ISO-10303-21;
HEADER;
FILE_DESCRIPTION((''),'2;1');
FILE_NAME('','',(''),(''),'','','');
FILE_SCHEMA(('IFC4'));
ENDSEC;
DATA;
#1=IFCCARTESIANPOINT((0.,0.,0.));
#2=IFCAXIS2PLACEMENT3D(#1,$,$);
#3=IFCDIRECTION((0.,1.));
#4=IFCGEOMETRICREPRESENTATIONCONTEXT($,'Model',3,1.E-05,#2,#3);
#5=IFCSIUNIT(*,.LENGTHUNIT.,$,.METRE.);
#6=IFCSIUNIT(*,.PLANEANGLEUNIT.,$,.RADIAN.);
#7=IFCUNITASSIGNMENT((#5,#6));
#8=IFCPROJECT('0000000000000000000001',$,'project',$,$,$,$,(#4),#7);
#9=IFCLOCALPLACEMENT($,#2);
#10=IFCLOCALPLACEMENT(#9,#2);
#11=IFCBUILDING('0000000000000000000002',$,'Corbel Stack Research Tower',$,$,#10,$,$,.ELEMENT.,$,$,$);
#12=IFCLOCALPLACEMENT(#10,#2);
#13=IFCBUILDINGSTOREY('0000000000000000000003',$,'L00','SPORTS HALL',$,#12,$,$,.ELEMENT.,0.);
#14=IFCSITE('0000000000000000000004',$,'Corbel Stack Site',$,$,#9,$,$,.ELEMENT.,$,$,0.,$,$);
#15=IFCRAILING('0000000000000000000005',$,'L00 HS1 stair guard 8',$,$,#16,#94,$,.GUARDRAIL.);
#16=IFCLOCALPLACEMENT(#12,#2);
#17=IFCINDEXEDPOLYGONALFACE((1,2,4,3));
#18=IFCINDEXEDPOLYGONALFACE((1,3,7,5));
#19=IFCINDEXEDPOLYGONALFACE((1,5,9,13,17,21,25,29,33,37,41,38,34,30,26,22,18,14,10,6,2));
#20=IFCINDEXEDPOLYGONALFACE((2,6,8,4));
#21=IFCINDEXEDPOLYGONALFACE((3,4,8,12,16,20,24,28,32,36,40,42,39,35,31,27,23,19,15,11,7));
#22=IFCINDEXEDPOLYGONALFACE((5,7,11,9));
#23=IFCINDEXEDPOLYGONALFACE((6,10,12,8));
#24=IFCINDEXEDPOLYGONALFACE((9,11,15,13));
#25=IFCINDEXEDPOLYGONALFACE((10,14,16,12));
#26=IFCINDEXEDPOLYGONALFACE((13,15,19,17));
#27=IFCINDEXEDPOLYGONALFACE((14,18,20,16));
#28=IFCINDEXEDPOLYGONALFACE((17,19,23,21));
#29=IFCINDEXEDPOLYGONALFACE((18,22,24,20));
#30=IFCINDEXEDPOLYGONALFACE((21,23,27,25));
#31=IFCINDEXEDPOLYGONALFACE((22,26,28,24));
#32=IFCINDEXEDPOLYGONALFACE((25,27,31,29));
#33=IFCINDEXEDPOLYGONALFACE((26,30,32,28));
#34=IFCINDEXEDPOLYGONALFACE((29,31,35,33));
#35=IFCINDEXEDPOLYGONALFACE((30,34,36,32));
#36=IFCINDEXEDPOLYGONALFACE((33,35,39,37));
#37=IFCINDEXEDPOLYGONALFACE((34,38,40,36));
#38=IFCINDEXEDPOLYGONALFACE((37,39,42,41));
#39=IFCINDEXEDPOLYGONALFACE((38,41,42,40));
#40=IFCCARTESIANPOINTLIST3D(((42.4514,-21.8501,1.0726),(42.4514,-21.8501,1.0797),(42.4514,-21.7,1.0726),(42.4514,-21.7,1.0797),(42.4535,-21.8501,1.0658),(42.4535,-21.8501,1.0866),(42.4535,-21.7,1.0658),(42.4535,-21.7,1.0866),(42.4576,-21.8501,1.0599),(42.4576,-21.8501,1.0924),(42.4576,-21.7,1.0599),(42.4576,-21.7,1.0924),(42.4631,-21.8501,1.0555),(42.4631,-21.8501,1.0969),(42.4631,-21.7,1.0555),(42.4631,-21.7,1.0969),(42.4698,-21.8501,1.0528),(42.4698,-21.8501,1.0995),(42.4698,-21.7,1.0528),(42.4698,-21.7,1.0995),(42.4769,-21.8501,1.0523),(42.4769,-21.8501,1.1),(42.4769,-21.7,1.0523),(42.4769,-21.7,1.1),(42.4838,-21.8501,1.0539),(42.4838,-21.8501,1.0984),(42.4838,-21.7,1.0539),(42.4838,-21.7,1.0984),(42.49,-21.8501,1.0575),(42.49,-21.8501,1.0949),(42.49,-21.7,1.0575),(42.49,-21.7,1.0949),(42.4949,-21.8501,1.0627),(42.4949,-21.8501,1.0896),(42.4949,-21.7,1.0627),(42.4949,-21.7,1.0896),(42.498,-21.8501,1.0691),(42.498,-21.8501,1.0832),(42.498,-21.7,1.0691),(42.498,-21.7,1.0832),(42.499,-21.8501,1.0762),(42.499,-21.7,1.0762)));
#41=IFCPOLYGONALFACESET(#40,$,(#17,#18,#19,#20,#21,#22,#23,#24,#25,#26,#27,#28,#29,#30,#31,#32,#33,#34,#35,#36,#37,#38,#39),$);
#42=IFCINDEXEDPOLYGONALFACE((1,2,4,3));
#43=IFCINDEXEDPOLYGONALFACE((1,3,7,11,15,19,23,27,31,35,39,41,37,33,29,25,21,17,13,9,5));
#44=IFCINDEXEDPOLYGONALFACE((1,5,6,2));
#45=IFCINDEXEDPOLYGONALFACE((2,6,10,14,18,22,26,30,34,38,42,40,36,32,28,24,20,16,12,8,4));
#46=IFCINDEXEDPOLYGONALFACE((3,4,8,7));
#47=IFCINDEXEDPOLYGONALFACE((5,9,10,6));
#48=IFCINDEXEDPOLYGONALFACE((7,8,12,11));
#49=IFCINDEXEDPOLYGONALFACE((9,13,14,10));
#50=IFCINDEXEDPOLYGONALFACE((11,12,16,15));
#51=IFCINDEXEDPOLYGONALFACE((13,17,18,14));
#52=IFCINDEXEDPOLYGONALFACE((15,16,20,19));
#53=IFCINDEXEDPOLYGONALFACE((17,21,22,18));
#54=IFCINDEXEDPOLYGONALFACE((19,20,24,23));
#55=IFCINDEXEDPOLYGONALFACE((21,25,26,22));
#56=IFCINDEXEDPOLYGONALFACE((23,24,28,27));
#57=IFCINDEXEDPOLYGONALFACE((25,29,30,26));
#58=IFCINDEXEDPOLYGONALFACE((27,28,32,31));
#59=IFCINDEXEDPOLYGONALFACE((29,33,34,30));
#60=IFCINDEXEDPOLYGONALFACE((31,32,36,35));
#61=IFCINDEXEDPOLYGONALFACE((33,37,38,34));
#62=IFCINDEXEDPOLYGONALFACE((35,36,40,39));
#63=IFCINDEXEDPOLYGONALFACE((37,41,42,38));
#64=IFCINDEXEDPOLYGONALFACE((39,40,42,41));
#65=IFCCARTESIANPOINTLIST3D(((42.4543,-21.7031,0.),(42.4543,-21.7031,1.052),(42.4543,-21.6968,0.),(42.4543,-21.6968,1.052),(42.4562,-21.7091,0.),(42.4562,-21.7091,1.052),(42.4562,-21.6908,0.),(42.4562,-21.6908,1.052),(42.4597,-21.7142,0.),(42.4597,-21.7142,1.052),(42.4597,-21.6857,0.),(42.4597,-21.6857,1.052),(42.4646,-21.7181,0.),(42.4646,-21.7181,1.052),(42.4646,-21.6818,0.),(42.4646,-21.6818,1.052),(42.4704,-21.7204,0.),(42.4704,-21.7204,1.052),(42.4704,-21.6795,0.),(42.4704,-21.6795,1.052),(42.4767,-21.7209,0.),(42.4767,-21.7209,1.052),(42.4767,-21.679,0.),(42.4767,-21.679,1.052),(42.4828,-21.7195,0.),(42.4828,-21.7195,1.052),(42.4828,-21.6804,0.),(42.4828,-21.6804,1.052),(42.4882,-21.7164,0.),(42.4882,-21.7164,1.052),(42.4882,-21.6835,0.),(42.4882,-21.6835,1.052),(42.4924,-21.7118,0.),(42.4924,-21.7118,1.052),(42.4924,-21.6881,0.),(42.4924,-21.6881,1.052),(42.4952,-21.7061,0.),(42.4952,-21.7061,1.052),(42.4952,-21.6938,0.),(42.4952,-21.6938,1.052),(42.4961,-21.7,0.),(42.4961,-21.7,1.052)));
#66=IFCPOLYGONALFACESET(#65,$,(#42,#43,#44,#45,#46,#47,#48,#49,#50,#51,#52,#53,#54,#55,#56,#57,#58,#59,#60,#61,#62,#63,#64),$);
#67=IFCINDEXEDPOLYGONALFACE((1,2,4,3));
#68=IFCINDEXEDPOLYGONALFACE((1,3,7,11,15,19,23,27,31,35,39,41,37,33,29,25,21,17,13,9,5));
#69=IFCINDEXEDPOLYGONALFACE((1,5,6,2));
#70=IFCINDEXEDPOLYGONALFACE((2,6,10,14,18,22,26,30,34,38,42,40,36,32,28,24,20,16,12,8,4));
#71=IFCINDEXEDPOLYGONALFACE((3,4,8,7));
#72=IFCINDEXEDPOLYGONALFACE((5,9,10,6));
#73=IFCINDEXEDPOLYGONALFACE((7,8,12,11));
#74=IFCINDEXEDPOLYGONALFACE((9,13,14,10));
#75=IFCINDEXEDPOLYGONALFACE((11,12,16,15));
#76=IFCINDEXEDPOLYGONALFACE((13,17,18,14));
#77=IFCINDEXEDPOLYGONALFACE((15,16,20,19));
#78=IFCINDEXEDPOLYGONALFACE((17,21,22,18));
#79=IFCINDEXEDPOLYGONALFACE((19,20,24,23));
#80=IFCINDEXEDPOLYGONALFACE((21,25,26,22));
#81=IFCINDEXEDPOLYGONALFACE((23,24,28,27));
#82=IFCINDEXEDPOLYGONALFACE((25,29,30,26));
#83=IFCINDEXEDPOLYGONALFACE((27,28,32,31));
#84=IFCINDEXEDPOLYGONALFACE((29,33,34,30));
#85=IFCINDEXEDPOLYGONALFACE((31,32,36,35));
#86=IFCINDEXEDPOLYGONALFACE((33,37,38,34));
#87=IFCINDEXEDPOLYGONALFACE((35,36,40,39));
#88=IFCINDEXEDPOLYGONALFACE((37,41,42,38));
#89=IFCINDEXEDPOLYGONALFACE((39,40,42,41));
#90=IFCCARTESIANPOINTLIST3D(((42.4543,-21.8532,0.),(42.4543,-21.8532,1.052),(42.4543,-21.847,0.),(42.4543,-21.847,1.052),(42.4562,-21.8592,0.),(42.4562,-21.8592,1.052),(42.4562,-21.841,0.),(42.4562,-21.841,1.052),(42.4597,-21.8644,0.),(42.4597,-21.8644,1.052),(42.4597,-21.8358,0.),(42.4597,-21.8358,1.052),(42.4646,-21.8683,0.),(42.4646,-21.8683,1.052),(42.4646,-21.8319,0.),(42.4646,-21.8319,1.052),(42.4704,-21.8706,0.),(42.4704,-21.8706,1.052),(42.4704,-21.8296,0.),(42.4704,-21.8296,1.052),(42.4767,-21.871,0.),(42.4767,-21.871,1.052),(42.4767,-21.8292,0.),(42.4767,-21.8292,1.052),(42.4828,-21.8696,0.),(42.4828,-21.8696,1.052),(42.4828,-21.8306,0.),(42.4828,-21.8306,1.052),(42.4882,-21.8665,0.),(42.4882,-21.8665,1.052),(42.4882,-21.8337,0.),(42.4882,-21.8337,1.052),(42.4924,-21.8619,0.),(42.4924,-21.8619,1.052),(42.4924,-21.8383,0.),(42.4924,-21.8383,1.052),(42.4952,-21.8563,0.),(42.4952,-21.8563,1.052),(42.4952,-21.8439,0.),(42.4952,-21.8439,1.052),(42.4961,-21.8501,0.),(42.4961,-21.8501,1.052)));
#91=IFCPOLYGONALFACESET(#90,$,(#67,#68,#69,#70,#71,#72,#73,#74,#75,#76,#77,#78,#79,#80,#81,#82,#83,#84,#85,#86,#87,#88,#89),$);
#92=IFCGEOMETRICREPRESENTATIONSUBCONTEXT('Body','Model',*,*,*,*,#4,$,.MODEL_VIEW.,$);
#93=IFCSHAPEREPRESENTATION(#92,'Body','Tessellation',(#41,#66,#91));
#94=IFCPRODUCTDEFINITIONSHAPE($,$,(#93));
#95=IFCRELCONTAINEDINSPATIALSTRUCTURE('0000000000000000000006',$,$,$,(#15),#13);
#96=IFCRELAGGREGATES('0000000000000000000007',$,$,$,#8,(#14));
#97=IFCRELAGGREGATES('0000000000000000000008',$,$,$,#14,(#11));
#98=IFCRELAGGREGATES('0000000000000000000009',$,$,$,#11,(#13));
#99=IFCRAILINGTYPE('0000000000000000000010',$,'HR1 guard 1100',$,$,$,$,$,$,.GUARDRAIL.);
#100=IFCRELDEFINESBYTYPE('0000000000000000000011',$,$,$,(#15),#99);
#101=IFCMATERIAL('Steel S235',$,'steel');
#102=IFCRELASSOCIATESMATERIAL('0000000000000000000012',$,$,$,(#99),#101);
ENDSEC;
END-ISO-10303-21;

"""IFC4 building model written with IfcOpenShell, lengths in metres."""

from ifc_helpers import new_model, si_unit, direction, frame, origin, origin_2d, place, context, subcontext, project, spatial, circle, extrude, material, type_object, element, save


model = new_model("IFC4")

# Units and contexts
model_context = context("Model", 3, precision=1e-05, world=origin(), true_north=direction((0.0, 1.0)))
body_context = subcontext(model_context, "Body", "Model", "MODEL_VIEW")
ifc_project = project(units=[si_unit("LENGTHUNIT", "METRE"), si_unit("PLANEANGLEUNIT", "RADIAN")], contexts=[model_context])

# Site, building, storey
site_placement = place(None, origin())
site = spatial("IfcSite", under=ifc_project, at=site_placement, Name="Corbel Stack Site", CompositionType="ELEMENT", RefElevation=0.0)
building_placement = place(site_placement, origin())
building = spatial("IfcBuilding", under=site, at=building_placement, Name="Corbel Stack Research Tower", CompositionType="ELEMENT")
storey_placement = place(building_placement, origin())
storey = spatial("IfcBuildingStorey", under=building, at=storey_placement, Name="L00", Description="SPORTS HALL", CompositionType="ELEMENT", Elevation=0.0)

# Railing
ifc_material_1 = material(Name="Steel S235", Category="steel")
railing_type_1 = type_object("IfcRailingType", Name="HR1 guard 1100", PredefinedType="GUARDRAIL", material=ifc_material_1)
railing_1_placement = place(storey_placement, frame((42.4751, -21.7, 0.0)))
element("IfcRailing", 1, at=railing_1_placement, inside=storey, type_object=railing_type_1, Name="L00 HS1 stair guard 8", PredefinedType="GUARDRAIL", context=body_context, shape_type="SweptSolid", body=[
    extrude(circle(Radius=0.0239, at=origin_2d()), frame((0.0, 0.0, 1.0762), z_axis=(0.0, -1.0, 0.0), x_axis=(1.0, 0.0, 0.0)), (0.0, 0.0, 1.0), 0.1501),
    extrude(circle(Radius=0.021, at=origin_2d()), origin(), (0.0, 0.0, 1.0), 1.052),
    extrude(circle(Radius=0.021, at=origin_2d()), frame((0.0, -0.1501, 0.0)), (0.0, 0.0, 1.0), 1.052),
])

save(model, "model.ifc")
